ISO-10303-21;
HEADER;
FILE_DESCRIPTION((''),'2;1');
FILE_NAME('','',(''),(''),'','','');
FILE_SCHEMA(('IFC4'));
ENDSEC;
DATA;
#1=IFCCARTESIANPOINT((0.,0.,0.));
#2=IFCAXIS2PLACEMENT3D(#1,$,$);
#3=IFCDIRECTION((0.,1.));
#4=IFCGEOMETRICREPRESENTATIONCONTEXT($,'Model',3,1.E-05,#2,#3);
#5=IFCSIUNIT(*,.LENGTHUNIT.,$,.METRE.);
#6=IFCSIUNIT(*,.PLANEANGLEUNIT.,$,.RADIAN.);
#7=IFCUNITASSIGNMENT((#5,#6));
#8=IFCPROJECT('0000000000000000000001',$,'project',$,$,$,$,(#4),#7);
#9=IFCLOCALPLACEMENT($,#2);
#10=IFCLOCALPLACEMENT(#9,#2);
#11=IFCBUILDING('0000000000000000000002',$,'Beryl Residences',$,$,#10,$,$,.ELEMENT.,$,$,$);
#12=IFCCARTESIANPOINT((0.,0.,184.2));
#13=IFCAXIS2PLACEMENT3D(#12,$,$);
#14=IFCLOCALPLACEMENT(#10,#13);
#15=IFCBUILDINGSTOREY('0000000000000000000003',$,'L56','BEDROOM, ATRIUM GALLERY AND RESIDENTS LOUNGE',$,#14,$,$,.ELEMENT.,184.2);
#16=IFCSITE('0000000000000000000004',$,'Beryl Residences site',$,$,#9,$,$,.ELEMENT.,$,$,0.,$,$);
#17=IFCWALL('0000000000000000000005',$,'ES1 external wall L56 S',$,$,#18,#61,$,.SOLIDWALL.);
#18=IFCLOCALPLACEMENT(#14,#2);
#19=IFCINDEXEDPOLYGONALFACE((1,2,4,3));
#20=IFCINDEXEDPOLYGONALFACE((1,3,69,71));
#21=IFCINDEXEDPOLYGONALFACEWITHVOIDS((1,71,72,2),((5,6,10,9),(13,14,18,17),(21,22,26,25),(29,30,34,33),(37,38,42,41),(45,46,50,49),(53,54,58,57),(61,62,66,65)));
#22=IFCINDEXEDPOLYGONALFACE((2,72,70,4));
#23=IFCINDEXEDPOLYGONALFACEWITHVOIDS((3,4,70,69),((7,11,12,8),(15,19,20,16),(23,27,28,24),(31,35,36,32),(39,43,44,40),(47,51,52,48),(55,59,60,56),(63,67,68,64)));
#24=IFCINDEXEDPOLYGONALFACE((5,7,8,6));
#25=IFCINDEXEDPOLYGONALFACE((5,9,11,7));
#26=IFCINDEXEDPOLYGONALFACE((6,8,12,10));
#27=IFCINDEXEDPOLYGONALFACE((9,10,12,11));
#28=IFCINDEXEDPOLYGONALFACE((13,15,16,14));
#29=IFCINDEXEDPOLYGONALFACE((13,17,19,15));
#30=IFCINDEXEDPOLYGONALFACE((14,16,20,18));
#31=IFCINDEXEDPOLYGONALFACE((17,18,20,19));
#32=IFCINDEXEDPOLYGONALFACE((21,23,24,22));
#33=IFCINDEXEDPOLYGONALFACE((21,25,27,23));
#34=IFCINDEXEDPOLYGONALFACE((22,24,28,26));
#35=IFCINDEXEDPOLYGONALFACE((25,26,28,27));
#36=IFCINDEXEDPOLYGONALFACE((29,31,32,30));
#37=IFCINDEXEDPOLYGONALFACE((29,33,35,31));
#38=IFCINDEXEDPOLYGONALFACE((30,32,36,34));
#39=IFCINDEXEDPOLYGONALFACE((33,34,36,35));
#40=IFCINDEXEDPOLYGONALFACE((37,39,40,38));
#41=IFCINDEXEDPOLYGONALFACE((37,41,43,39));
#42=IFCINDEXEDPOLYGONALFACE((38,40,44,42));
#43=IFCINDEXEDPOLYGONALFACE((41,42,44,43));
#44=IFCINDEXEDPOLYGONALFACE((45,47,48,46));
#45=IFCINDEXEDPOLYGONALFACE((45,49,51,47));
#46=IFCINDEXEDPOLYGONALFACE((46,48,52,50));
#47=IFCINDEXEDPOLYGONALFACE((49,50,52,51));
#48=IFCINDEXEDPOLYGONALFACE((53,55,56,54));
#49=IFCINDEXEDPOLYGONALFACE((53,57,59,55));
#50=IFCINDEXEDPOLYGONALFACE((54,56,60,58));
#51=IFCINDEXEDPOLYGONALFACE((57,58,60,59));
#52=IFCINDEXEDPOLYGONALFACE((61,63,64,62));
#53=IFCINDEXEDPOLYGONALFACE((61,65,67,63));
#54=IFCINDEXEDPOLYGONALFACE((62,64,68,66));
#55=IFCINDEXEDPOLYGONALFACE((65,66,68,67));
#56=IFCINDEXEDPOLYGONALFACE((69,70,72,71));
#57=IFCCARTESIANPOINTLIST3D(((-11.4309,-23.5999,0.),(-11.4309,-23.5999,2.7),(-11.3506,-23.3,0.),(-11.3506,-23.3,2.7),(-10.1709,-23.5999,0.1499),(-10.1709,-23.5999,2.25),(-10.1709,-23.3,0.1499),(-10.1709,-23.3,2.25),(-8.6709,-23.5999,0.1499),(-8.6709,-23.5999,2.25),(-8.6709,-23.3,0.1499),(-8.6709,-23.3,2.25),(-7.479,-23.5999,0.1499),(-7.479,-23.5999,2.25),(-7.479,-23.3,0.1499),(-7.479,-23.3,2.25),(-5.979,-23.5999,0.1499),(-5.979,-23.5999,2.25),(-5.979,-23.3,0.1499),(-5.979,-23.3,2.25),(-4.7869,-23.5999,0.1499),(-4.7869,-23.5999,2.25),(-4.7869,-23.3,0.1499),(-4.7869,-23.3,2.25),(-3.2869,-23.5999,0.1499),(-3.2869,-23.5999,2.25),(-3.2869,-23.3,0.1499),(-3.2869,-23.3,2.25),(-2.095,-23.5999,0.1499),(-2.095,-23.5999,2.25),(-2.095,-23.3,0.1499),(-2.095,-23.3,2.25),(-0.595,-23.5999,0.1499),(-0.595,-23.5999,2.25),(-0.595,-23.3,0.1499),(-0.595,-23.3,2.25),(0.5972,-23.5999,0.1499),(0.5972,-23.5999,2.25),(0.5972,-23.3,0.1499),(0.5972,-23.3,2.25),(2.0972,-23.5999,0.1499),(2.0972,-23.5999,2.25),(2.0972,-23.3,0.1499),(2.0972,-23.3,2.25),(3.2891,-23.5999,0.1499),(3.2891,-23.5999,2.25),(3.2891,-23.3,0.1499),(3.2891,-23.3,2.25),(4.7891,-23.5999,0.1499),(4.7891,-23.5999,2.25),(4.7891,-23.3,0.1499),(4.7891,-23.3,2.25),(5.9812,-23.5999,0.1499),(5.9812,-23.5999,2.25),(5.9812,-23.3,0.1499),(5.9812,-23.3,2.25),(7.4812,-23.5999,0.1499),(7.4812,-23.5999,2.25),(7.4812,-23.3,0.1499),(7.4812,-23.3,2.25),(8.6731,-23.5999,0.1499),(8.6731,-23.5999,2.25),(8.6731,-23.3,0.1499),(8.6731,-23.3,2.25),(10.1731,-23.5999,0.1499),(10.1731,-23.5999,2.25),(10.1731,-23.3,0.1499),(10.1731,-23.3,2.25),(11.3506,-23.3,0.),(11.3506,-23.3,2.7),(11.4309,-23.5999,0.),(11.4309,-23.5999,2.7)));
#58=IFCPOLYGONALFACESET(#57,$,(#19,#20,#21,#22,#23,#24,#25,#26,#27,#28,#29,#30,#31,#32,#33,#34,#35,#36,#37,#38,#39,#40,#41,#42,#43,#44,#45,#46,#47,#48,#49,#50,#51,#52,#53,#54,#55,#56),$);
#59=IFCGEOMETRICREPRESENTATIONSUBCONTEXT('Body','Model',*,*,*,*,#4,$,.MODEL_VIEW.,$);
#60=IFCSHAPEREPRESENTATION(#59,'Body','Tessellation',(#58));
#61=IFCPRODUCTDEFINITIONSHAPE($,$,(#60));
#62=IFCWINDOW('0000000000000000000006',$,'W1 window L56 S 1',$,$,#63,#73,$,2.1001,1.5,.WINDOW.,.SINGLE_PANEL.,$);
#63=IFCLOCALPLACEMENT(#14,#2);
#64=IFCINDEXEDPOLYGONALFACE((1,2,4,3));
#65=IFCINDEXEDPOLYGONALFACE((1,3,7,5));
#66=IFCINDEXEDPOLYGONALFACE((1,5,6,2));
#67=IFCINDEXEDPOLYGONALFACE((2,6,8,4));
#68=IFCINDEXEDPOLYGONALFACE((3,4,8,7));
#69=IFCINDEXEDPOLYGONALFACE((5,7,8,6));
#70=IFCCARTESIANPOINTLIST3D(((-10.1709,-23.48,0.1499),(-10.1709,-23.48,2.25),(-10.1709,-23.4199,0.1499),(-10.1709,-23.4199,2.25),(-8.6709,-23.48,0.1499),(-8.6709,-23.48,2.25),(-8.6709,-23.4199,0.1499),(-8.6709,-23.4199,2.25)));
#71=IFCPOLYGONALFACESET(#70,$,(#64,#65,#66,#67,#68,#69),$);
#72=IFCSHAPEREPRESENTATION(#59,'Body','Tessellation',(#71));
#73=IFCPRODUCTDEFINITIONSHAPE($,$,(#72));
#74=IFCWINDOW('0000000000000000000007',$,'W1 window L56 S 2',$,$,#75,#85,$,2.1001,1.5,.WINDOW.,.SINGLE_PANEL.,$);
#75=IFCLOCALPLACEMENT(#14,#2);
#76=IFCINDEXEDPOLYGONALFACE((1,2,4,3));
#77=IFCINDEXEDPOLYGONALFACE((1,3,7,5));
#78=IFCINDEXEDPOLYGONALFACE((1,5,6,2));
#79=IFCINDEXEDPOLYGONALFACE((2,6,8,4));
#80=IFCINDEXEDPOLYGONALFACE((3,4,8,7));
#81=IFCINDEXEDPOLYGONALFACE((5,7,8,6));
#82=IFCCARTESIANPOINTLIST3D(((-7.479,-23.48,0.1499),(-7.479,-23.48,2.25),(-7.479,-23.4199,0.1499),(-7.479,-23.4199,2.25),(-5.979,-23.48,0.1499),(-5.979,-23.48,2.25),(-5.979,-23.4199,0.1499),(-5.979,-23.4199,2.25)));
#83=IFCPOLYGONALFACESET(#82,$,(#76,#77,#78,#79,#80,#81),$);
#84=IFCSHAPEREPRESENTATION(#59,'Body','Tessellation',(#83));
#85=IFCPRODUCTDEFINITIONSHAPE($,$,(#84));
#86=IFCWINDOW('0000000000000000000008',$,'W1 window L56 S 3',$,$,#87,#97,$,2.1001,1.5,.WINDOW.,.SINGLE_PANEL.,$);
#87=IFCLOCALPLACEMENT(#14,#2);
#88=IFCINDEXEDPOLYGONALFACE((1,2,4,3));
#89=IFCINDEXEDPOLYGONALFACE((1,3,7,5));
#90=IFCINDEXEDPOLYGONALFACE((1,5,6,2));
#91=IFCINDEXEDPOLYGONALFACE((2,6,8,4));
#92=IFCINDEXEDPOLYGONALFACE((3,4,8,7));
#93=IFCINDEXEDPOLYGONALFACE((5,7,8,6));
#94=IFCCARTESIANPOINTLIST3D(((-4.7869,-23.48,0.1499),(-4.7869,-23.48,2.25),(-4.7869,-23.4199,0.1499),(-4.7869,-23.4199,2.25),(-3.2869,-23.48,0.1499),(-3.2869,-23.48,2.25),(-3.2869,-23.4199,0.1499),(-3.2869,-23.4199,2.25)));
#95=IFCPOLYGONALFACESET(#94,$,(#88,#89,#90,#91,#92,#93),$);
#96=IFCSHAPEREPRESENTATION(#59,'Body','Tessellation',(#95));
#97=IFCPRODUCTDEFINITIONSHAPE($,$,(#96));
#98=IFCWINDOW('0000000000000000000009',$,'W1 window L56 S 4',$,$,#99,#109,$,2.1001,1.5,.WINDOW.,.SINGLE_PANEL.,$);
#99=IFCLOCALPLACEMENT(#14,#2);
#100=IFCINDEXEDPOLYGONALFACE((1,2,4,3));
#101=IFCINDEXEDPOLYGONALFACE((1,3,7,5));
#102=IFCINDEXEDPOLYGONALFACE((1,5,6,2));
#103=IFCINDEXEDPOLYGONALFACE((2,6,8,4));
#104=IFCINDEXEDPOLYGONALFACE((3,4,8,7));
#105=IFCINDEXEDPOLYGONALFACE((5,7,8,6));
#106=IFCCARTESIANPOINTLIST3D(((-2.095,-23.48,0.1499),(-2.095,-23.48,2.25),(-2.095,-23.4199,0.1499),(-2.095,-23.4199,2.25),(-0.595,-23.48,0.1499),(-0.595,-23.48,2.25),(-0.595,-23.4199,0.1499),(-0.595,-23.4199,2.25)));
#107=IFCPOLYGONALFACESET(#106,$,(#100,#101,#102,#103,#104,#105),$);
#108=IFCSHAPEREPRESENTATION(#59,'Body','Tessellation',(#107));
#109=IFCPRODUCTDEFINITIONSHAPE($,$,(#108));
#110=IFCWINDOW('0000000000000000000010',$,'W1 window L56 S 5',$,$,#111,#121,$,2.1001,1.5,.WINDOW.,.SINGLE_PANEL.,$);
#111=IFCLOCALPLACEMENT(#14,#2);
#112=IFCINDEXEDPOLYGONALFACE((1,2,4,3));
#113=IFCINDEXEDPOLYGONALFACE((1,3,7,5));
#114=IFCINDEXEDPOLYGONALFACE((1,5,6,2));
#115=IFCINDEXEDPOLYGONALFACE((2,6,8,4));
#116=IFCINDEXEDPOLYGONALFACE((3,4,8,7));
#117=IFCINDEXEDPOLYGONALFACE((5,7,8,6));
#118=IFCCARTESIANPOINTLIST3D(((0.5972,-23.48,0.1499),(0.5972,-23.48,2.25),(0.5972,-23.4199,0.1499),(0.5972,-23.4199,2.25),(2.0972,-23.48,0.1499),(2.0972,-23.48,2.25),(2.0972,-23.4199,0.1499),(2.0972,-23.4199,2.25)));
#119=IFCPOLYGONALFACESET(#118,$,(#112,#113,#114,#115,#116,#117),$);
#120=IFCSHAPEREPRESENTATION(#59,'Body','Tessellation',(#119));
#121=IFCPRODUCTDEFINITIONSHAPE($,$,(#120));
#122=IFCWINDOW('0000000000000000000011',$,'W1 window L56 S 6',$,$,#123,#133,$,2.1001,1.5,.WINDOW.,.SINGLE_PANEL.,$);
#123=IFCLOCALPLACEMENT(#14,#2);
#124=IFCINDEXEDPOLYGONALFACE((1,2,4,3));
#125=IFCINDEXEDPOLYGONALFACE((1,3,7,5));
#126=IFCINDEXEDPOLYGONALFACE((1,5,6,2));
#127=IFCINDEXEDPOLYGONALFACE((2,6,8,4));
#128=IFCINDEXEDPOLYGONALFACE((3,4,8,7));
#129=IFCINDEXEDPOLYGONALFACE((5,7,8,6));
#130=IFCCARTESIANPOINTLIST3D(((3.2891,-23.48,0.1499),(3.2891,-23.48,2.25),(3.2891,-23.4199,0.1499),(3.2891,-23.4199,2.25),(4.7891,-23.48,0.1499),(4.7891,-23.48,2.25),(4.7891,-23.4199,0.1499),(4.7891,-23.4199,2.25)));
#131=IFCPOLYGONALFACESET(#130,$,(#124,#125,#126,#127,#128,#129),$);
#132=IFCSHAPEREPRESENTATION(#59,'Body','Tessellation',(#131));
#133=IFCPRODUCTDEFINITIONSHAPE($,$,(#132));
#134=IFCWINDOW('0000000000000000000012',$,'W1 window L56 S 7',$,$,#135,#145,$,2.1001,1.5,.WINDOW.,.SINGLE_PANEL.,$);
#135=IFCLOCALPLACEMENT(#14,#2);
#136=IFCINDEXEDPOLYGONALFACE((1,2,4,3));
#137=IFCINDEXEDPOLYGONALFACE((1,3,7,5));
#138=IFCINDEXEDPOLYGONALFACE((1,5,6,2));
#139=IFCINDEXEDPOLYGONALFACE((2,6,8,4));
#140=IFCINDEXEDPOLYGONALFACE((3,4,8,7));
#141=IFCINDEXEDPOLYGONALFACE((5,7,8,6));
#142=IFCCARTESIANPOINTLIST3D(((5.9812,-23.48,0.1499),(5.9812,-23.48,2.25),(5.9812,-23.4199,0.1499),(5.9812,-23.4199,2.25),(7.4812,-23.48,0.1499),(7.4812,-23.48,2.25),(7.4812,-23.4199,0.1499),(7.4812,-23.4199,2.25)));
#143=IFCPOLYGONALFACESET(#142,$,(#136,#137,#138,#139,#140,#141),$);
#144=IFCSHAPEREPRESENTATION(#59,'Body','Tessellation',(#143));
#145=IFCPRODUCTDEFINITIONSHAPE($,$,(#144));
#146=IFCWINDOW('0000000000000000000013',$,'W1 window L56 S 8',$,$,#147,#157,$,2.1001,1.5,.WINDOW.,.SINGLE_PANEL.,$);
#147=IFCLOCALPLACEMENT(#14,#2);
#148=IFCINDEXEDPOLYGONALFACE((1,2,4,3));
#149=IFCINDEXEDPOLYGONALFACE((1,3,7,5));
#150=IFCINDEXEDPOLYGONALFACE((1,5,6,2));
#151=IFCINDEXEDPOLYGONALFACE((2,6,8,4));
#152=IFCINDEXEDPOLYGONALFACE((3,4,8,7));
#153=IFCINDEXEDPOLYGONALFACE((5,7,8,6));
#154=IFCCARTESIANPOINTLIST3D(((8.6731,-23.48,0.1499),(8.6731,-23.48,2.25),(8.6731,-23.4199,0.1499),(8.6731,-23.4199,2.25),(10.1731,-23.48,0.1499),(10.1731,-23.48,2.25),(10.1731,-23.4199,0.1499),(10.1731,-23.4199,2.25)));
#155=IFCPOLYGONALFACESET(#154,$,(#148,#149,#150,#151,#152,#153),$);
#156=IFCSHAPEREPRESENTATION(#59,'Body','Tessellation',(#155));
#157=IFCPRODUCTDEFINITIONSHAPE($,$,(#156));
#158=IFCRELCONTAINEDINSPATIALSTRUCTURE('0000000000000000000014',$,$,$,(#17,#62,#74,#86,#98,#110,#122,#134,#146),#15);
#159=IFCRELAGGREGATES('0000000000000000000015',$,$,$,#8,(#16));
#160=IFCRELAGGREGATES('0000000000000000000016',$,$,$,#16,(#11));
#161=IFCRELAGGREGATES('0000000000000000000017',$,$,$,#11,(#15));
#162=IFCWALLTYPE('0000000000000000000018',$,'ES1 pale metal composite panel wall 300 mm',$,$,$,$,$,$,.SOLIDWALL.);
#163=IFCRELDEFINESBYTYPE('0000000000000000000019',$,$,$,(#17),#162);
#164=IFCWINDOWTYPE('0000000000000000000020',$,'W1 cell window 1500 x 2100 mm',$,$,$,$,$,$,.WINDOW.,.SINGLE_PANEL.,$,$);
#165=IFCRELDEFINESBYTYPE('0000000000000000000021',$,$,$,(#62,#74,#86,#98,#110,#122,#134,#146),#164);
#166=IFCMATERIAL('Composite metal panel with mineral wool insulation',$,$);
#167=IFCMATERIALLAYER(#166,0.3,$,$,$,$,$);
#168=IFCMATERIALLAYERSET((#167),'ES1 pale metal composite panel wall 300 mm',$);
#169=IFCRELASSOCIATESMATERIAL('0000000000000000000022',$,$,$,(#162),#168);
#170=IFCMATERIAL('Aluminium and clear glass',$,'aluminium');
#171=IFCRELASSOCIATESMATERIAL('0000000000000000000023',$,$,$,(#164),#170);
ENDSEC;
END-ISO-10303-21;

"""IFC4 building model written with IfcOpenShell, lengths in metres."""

from ifc_helpers import new_model, si_unit, direction, frame, frame_2d, origin, place, context, subcontext, project, spatial, polyline, rectangle, outline, extrude, material, layer, layer_set, type_object, element, fill, save


model = new_model("IFC4")

# Units and contexts
model_context = context("Model", 3, precision=1e-05, world=origin(), true_north=direction((0.0, 1.0)))
body_context = subcontext(model_context, "Body", "Model", "MODEL_VIEW")
ifc_project = project(units=[si_unit("LENGTHUNIT", "METRE"), si_unit("PLANEANGLEUNIT", "RADIAN")], contexts=[model_context])

# Site, building, storey
site_placement = place(None, origin())
site = spatial("IfcSite", under=ifc_project, at=site_placement, Name="Beryl Residences site", CompositionType="ELEMENT", RefElevation=0.0)
building_placement = place(site_placement, origin())
building = spatial("IfcBuilding", under=site, at=building_placement, Name="Beryl Residences", CompositionType="ELEMENT")
storey_placement = place(building_placement, frame((0.0, 0.0, 184.2)))
storey = spatial("IfcBuildingStorey", under=building, at=storey_placement, Name="L56", Description="BEDROOM, ATRIUM GALLERY AND RESIDENTS LOUNGE", CompositionType="ELEMENT", Elevation=184.2)

# Wall, openings, windows
ifc_material_1 = material(Name="Composite metal panel with mineral wool insulation")
ifc_layer_1 = layer(ifc_material_1, 0.3)
ifc_layer_set_1 = layer_set([ifc_layer_1], Name="ES1 pale metal composite panel wall 300 mm")
wall_type_1 = type_object("IfcWallType", Name="ES1 pale metal composite panel wall 300 mm", PredefinedType="SOLIDWALL", material=ifc_layer_set_1)
wall_1_placement = place(storey_placement, frame((-11.4309, -23.45, 0.0), z_axis=(0.0, 0.0, 1.0), x_axis=(1.0, 0.0, 0.0)))
wall_1 = element("IfcWall", 1, at=wall_1_placement, inside=storey, type_object=wall_type_1, Name="ES1 external wall L56 S", PredefinedType="SOLIDWALL", context=body_context, shape_type="SweptSolid", body=[
    extrude(outline(polyline([(0.0, -0.1499), (22.8618, -0.1499), (22.7815, 0.1499), (0.0803, 0.1499), (0.0, -0.1499)])), origin(), (0.0, 0.0, 1.0), 2.7),
])
opening_1_placement = place(wall_1_placement, frame((1.26, 0.0, 0.1499)))
opening_1 = element("IfcOpeningElement", 2, at=opening_1_placement, cuts=wall_1, PredefinedType="OPENING", context=body_context, shape_type="SweptSolid", body=[
    extrude(rectangle(XDim=1.5, YDim=2.1001, at=frame_2d((0.75, 1.05))), frame((0.0, 0.1599, 0.0), z_axis=(0.0, -1.0, 0.0), x_axis=(1.0, 0.0, 0.0)), (0.0, 0.0, 1.0), 0.3201),
])
opening_2_placement = place(wall_1_placement, frame((3.9519, 0.0, 0.1499)))
opening_2 = element("IfcOpeningElement", 3, at=opening_2_placement, cuts=wall_1, PredefinedType="OPENING", context=body_context, shape_type="SweptSolid", body=[
    extrude(rectangle(XDim=1.5, YDim=2.1001, at=frame_2d((0.75, 1.05))), frame((0.0, 0.1599, 0.0), z_axis=(0.0, -1.0, 0.0), x_axis=(1.0, 0.0, 0.0)), (0.0, 0.0, 1.0), 0.3201),
])
opening_3_placement = place(wall_1_placement, frame((6.644, 0.0, 0.1499)))
opening_3 = element("IfcOpeningElement", 4, at=opening_3_placement, cuts=wall_1, PredefinedType="OPENING", context=body_context, shape_type="SweptSolid", body=[
    extrude(rectangle(XDim=1.5, YDim=2.1001, at=frame_2d((0.75, 1.05))), frame((0.0, 0.1599, 0.0), z_axis=(0.0, -1.0, 0.0), x_axis=(1.0, 0.0, 0.0)), (0.0, 0.0, 1.0), 0.3201),
])
opening_4_placement = place(wall_1_placement, frame((9.3359, 0.0, 0.1499)))
opening_4 = element("IfcOpeningElement", 5, at=opening_4_placement, cuts=wall_1, PredefinedType="OPENING", context=body_context, shape_type="SweptSolid", body=[
    extrude(rectangle(XDim=1.5, YDim=2.1001, at=frame_2d((0.75, 1.05))), frame((0.0, 0.1599, 0.0), z_axis=(0.0, -1.0, 0.0), x_axis=(1.0, 0.0, 0.0)), (0.0, 0.0, 1.0), 0.3201),
])
opening_5_placement = place(wall_1_placement, frame((12.0281, 0.0, 0.1499)))
opening_5 = element("IfcOpeningElement", 6, at=opening_5_placement, cuts=wall_1, PredefinedType="OPENING", context=body_context, shape_type="SweptSolid", body=[
    extrude(rectangle(XDim=1.5, YDim=2.1001, at=frame_2d((0.75, 1.05))), frame((0.0, 0.1599, 0.0), z_axis=(0.0, -1.0, 0.0), x_axis=(1.0, 0.0, 0.0)), (0.0, 0.0, 1.0), 0.3201),
])
opening_6_placement = place(wall_1_placement, frame((14.72, 0.0, 0.1499)))
opening_6 = element("IfcOpeningElement", 7, at=opening_6_placement, cuts=wall_1, PredefinedType="OPENING", context=body_context, shape_type="SweptSolid", body=[
    extrude(rectangle(XDim=1.5, YDim=2.1001, at=frame_2d((0.75, 1.05))), frame((0.0, 0.1599, 0.0), z_axis=(0.0, -1.0, 0.0), x_axis=(1.0, 0.0, 0.0)), (0.0, 0.0, 1.0), 0.3201),
])
opening_7_placement = place(wall_1_placement, frame((17.4121, 0.0, 0.1499)))
opening_7 = element("IfcOpeningElement", 8, at=opening_7_placement, cuts=wall_1, PredefinedType="OPENING", context=body_context, shape_type="SweptSolid", body=[
    extrude(rectangle(XDim=1.5, YDim=2.1001, at=frame_2d((0.75, 1.05))), frame((0.0, 0.1599, 0.0), z_axis=(0.0, -1.0, 0.0), x_axis=(1.0, 0.0, 0.0)), (0.0, 0.0, 1.0), 0.3201),
])
opening_8_placement = place(wall_1_placement, frame((20.104, 0.0, 0.1499)))
opening_8 = element("IfcOpeningElement", 9, at=opening_8_placement, cuts=wall_1, PredefinedType="OPENING", context=body_context, shape_type="SweptSolid", body=[
    extrude(rectangle(XDim=1.5, YDim=2.1001, at=frame_2d((0.75, 1.05))), frame((0.0, 0.1599, 0.0), z_axis=(0.0, -1.0, 0.0), x_axis=(1.0, 0.0, 0.0)), (0.0, 0.0, 1.0), 0.3201),
])
ifc_material_2 = material(Name="Aluminium and clear glass", Category="aluminium")
window_type = type_object("IfcWindowType", Name="W1 cell window 1500 x 2100 mm", PartitioningType="SINGLE_PANEL", PredefinedType="WINDOW", material=ifc_material_2)
window_1_placement = place(opening_1_placement, origin())
window_1 = element("IfcWindow", 10, at=window_1_placement, inside=storey, type_object=window_type, Name="W1 window L56 S 1", OverallHeight=2.1001, OverallWidth=1.5, PartitioningType="SINGLE_PANEL", PredefinedType="WINDOW", context=body_context, shape_type="SweptSolid", body=[
    extrude(rectangle(XDim=1.5, YDim=2.1001, at=frame_2d((0.75, 1.05))), frame((0.0, 0.03, 0.0), z_axis=(0.0, -1.0, 0.0), x_axis=(1.0, 0.0, 0.0)), (0.0, 0.0, 1.0), 0.0601),
])
fill(opening_1, window_1)
window_2_placement = place(opening_2_placement, origin())
window_2 = element("IfcWindow", 11, at=window_2_placement, inside=storey, type_object=window_type, Name="W1 window L56 S 2", OverallHeight=2.1001, OverallWidth=1.5, PartitioningType="SINGLE_PANEL", PredefinedType="WINDOW", context=body_context, shape_type="SweptSolid", body=[
    extrude(rectangle(XDim=1.5, YDim=2.1001, at=frame_2d((0.75, 1.05))), frame((0.0, 0.03, 0.0), z_axis=(0.0, -1.0, 0.0), x_axis=(1.0, 0.0, 0.0)), (0.0, 0.0, 1.0), 0.0601),
])
fill(opening_2, window_2)
window_3_placement = place(opening_3_placement, origin())
window_3 = element("IfcWindow", 12, at=window_3_placement, inside=storey, type_object=window_type, Name="W1 window L56 S 3", OverallHeight=2.1001, OverallWidth=1.5, PartitioningType="SINGLE_PANEL", PredefinedType="WINDOW", context=body_context, shape_type="SweptSolid", body=[
    extrude(rectangle(XDim=1.5, YDim=2.1001, at=frame_2d((0.75, 1.05))), frame((0.0, 0.03, 0.0), z_axis=(0.0, -1.0, 0.0), x_axis=(1.0, 0.0, 0.0)), (0.0, 0.0, 1.0), 0.0601),
])
fill(opening_3, window_3)
window_4_placement = place(opening_4_placement, origin())
window_4 = element("IfcWindow", 13, at=window_4_placement, inside=storey, type_object=window_type, Name="W1 window L56 S 4", OverallHeight=2.1001, OverallWidth=1.5, PartitioningType="SINGLE_PANEL", PredefinedType="WINDOW", context=body_context, shape_type="SweptSolid", body=[
    extrude(rectangle(XDim=1.5, YDim=2.1001, at=frame_2d((0.75, 1.05))), frame((0.0, 0.03, 0.0), z_axis=(0.0, -1.0, 0.0), x_axis=(1.0, 0.0, 0.0)), (0.0, 0.0, 1.0), 0.0601),
])
fill(opening_4, window_4)
window_5_placement = place(opening_5_placement, origin())
window_5 = element("IfcWindow", 14, at=window_5_placement, inside=storey, type_object=window_type, Name="W1 window L56 S 5", OverallHeight=2.1001, OverallWidth=1.5, PartitioningType="SINGLE_PANEL", PredefinedType="WINDOW", context=body_context, shape_type="SweptSolid", body=[
    extrude(rectangle(XDim=1.5, YDim=2.1001, at=frame_2d((0.75, 1.05))), frame((0.0, 0.03, 0.0), z_axis=(0.0, -1.0, 0.0), x_axis=(1.0, 0.0, 0.0)), (0.0, 0.0, 1.0), 0.0601),
])
fill(opening_5, window_5)
window_6_placement = place(opening_6_placement, origin())
window_6 = element("IfcWindow", 15, at=window_6_placement, inside=storey, type_object=window_type, Name="W1 window L56 S 6", OverallHeight=2.1001, OverallWidth=1.5, PartitioningType="SINGLE_PANEL", PredefinedType="WINDOW", context=body_context, shape_type="SweptSolid", body=[
    extrude(rectangle(XDim=1.5, YDim=2.1001, at=frame_2d((0.75, 1.05))), frame((0.0, 0.03, 0.0), z_axis=(0.0, -1.0, 0.0), x_axis=(1.0, 0.0, 0.0)), (0.0, 0.0, 1.0), 0.0601),
])
fill(opening_6, window_6)
window_7_placement = place(opening_7_placement, origin())
window_7 = element("IfcWindow", 16, at=window_7_placement, inside=storey, type_object=window_type, Name="W1 window L56 S 7", OverallHeight=2.1001, OverallWidth=1.5, PartitioningType="SINGLE_PANEL", PredefinedType="WINDOW", context=body_context, shape_type="SweptSolid", body=[
    extrude(rectangle(XDim=1.5, YDim=2.1001, at=frame_2d((0.75, 1.05))), frame((0.0, 0.03, 0.0), z_axis=(0.0, -1.0, 0.0), x_axis=(1.0, 0.0, 0.0)), (0.0, 0.0, 1.0), 0.0601),
])
fill(opening_7, window_7)
window_8_placement = place(opening_8_placement, origin())
window_8 = element("IfcWindow", 17, at=window_8_placement, inside=storey, type_object=window_type, Name="W1 window L56 S 8", OverallHeight=2.1001, OverallWidth=1.5, PartitioningType="SINGLE_PANEL", PredefinedType="WINDOW", context=body_context, shape_type="SweptSolid", body=[
    extrude(rectangle(XDim=1.5, YDim=2.1001, at=frame_2d((0.75, 1.05))), frame((0.0, 0.03, 0.0), z_axis=(0.0, -1.0, 0.0), x_axis=(1.0, 0.0, 0.0)), (0.0, 0.0, 1.0), 0.0601),
])
fill(opening_8, window_8)

save(model, "model.ifc")
